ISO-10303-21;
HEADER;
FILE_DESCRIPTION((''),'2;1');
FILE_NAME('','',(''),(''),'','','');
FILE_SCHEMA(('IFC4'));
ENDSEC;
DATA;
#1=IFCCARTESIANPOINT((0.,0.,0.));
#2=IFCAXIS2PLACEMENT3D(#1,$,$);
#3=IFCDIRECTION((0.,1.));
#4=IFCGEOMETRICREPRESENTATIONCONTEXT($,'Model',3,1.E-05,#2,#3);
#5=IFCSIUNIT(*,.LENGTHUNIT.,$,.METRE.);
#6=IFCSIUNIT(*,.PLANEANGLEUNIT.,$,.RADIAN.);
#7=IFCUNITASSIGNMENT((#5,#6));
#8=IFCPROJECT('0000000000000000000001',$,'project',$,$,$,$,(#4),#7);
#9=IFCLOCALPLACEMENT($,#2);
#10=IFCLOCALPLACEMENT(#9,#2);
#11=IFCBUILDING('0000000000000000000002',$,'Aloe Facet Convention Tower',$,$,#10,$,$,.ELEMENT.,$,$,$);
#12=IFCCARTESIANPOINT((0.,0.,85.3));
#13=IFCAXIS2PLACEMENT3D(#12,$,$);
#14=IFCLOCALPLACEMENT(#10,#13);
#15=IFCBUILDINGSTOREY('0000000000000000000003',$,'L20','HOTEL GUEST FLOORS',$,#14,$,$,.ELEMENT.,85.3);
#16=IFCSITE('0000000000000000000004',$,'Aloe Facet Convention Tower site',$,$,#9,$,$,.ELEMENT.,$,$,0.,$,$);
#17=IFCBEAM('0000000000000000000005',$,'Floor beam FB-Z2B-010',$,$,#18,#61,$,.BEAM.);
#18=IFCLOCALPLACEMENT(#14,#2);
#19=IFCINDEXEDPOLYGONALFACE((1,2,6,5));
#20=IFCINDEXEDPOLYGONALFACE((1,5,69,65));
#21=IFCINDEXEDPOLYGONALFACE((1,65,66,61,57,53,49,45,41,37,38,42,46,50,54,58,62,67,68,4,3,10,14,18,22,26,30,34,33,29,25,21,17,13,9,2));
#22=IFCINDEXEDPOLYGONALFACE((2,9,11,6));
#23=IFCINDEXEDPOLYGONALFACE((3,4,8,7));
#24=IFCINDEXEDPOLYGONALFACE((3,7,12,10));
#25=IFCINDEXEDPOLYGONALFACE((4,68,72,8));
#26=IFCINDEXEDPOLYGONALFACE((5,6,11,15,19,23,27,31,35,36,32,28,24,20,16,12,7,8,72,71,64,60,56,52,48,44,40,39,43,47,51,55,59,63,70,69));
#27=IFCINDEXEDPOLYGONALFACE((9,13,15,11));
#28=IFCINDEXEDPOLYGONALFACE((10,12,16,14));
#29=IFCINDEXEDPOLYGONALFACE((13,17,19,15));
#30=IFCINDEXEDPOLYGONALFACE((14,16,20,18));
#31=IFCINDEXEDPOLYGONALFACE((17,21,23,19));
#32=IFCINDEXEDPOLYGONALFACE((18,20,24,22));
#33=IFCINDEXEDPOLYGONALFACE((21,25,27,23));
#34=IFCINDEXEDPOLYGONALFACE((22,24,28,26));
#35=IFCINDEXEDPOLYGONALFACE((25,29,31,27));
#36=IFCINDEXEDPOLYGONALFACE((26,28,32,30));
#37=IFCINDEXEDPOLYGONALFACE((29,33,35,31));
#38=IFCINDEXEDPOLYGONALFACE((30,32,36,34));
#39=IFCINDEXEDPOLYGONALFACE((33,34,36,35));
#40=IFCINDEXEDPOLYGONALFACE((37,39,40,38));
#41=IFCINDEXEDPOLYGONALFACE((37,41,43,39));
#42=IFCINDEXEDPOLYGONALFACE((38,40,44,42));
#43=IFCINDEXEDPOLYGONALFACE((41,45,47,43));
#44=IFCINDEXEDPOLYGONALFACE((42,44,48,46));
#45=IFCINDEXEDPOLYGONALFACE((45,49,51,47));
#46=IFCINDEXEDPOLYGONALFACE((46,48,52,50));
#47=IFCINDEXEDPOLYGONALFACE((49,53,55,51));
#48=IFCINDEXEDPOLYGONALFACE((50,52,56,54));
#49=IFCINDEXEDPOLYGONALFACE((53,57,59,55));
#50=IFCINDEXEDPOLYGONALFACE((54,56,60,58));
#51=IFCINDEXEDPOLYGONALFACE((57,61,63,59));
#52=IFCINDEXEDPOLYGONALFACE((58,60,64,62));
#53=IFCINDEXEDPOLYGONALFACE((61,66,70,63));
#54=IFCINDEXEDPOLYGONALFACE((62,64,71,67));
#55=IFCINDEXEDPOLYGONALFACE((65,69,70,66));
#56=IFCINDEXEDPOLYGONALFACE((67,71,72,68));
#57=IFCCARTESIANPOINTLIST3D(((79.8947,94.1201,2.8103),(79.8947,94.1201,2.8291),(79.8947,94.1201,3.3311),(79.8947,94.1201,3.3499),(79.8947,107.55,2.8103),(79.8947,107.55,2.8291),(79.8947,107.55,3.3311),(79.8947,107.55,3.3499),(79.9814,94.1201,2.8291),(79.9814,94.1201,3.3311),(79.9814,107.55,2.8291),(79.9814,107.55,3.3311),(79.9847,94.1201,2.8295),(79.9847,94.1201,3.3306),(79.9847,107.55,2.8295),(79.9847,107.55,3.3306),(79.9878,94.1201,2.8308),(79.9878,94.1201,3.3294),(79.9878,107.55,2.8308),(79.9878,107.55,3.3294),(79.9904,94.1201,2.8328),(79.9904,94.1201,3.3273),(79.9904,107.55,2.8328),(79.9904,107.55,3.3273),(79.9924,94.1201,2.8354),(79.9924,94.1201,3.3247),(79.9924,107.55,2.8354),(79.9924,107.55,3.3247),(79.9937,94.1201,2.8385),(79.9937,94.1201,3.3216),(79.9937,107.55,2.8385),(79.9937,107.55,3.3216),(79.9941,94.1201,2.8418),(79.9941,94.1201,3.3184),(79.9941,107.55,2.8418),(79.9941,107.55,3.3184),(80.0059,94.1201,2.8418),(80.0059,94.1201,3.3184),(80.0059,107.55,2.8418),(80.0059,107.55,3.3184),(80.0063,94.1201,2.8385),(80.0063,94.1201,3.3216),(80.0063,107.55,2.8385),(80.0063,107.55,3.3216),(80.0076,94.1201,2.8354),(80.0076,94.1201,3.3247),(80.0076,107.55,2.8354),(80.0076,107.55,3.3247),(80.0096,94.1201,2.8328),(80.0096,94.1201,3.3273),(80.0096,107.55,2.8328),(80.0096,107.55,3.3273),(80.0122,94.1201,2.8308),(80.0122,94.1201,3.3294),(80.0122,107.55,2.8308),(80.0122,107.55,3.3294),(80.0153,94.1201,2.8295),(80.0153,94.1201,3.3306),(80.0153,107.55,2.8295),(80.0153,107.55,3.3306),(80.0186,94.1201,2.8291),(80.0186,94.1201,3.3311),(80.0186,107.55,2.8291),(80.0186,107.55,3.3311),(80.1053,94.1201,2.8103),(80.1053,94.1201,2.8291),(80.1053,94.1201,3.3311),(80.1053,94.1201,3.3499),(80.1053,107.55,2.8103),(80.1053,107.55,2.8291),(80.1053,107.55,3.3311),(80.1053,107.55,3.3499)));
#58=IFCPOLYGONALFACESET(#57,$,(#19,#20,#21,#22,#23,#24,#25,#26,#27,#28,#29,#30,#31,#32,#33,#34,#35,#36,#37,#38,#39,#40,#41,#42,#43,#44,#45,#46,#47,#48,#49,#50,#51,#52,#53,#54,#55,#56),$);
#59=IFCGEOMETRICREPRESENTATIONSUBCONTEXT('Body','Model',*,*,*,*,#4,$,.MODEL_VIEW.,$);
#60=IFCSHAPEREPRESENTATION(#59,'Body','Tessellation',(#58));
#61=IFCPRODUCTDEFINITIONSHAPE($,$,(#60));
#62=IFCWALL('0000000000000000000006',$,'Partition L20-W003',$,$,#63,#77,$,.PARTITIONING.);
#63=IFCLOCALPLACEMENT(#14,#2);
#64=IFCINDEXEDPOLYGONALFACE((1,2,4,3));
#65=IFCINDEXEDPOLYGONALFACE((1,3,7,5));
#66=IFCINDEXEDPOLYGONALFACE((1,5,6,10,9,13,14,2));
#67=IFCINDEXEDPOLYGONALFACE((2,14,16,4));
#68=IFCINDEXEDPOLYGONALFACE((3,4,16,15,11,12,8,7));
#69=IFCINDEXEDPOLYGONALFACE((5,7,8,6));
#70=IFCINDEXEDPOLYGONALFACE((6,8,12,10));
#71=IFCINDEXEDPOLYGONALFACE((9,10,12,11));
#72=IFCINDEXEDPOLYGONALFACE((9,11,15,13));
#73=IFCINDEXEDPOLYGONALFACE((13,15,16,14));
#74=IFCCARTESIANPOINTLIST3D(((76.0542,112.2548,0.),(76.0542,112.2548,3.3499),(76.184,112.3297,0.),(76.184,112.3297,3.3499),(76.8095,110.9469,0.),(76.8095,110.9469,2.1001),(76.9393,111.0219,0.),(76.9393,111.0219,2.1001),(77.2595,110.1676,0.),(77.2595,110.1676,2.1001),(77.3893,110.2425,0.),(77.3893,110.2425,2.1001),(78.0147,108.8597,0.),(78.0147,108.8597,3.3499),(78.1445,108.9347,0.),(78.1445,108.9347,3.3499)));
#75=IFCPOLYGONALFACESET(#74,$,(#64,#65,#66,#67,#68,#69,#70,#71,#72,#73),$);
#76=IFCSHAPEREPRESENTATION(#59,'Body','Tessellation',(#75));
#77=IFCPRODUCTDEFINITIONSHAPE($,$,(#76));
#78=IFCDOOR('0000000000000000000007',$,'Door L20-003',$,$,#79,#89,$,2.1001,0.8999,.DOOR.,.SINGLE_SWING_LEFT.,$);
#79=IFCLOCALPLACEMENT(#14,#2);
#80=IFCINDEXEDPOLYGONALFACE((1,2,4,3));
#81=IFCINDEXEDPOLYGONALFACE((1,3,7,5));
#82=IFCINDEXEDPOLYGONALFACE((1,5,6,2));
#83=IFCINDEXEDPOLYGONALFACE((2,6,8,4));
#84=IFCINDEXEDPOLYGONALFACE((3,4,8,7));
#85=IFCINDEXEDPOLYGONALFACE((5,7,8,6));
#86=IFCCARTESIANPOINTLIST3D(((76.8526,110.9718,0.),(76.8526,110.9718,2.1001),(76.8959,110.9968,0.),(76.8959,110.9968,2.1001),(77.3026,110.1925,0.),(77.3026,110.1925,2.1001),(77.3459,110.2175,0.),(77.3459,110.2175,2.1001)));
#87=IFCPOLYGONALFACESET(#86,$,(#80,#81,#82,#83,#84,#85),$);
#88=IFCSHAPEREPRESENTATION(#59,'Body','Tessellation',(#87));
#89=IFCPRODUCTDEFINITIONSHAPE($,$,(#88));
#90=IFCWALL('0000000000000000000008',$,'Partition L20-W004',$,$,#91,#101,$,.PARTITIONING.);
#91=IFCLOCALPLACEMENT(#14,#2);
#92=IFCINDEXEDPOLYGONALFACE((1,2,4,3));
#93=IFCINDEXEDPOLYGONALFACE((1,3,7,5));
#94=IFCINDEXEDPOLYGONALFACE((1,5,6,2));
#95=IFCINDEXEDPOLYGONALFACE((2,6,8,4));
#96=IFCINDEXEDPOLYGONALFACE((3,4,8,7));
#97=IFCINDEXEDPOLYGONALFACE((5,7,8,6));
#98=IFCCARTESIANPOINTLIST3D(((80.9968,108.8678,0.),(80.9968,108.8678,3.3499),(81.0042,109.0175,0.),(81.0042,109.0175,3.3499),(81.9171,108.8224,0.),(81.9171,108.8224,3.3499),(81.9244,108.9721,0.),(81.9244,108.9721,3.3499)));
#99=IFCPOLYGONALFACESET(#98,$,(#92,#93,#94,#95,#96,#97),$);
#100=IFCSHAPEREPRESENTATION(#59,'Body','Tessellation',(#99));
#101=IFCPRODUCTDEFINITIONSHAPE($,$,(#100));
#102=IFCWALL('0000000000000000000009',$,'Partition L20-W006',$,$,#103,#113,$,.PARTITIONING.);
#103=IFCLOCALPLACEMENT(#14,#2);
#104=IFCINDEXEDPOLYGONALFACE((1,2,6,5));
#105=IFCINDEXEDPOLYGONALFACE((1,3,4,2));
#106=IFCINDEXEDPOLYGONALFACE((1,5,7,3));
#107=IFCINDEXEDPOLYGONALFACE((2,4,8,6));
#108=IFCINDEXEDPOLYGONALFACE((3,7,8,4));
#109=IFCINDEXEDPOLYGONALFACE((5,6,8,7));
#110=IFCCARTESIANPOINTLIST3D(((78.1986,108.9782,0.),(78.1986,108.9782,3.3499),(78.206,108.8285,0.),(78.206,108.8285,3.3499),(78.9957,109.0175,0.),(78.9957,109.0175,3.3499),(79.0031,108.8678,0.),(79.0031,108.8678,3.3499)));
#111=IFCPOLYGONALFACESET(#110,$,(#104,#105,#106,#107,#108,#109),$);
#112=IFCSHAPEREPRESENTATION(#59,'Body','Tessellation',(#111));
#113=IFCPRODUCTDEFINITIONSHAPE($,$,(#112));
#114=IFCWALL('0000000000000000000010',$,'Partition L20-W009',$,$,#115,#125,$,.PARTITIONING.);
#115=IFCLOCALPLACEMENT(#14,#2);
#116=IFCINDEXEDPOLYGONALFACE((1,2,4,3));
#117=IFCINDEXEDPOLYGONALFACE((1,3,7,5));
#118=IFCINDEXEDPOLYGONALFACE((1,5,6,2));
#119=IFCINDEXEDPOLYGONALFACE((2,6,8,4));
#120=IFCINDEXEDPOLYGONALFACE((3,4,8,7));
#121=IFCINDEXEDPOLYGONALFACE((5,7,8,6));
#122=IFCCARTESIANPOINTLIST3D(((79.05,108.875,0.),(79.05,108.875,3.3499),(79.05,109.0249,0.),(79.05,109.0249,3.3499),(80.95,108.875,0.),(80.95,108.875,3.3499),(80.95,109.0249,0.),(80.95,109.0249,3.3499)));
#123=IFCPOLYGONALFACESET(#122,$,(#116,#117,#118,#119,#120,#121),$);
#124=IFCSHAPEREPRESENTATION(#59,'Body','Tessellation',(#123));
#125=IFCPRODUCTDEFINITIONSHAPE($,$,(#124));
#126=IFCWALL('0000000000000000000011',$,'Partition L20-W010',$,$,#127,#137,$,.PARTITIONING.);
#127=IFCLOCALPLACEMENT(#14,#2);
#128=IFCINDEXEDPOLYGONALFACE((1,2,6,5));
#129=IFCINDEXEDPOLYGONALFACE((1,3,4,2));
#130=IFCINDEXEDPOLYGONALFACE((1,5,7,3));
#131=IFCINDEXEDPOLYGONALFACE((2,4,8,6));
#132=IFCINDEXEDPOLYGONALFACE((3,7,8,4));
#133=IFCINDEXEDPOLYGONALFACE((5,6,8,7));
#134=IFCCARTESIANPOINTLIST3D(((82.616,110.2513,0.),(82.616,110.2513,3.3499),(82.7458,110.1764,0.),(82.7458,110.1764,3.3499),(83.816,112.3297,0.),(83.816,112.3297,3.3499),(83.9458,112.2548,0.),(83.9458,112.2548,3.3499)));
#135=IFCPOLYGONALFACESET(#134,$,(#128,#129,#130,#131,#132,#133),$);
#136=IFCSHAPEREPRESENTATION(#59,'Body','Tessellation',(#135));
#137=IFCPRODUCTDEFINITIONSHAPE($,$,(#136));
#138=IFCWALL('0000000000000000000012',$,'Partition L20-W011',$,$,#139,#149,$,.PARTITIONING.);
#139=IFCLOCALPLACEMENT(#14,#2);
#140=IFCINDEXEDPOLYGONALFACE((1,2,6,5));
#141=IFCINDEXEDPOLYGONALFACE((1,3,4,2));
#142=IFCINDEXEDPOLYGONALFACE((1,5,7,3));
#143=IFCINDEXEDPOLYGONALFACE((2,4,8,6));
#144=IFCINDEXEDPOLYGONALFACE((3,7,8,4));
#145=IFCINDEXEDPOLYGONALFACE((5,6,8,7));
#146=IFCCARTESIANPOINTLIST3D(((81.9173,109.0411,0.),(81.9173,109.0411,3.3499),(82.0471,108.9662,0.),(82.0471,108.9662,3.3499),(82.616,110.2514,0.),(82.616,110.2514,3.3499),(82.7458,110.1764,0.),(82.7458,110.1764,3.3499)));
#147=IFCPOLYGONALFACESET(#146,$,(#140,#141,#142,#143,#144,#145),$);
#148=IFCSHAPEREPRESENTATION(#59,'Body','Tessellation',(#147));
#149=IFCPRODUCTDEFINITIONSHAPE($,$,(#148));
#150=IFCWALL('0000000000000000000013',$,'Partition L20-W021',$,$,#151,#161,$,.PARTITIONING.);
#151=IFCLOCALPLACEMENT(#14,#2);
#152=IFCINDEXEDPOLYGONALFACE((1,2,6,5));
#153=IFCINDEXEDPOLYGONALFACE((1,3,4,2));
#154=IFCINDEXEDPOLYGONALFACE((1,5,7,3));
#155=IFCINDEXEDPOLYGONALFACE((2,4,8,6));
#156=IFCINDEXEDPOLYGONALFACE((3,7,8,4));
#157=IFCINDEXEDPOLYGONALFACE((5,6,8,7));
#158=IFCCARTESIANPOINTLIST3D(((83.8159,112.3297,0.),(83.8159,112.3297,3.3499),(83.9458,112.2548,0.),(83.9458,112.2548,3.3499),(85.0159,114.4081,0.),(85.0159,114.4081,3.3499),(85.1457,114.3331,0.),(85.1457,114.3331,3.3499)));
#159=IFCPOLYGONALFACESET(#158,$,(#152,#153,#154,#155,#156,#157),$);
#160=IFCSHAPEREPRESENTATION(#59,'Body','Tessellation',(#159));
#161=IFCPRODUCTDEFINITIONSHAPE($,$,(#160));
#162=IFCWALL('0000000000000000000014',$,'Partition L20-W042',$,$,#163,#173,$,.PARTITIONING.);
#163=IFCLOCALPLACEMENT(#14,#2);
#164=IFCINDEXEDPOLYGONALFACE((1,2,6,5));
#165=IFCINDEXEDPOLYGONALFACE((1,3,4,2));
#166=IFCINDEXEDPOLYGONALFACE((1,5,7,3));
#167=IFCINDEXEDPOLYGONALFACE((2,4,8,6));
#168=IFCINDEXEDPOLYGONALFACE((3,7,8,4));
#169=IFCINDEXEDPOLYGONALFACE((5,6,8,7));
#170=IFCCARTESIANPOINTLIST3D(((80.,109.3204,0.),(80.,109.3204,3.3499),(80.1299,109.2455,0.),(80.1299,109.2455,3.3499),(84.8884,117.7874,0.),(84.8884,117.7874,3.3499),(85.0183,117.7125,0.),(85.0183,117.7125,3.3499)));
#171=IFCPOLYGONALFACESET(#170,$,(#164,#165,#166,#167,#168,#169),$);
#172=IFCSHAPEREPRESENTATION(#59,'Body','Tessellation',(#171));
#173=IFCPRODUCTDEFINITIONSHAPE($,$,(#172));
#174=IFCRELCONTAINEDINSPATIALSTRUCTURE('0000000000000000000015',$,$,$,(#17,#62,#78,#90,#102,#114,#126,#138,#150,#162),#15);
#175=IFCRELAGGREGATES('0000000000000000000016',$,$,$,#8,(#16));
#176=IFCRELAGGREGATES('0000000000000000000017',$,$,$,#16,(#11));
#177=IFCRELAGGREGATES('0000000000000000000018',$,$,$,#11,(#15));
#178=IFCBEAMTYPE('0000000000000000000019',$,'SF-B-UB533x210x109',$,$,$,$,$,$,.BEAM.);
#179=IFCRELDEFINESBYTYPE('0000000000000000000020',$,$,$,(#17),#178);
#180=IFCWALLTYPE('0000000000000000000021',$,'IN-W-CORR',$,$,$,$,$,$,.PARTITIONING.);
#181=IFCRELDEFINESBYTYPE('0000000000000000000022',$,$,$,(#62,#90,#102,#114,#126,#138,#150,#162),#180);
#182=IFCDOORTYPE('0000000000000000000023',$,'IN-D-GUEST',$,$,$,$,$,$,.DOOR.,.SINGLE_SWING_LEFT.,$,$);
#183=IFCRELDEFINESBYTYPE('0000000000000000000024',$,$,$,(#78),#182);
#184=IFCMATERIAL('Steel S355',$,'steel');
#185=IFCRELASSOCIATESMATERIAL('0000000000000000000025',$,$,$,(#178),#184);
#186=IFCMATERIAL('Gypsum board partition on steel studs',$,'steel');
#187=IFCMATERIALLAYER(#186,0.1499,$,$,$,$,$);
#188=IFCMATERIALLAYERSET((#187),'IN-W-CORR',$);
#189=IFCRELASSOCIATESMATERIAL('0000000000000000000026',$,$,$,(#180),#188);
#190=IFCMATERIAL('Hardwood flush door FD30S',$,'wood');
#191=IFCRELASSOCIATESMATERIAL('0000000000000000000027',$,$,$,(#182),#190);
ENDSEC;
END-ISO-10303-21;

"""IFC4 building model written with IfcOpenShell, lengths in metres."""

from ifc_helpers import new_model, si_unit, direction, frame, frame_2d, origin, origin_2d, place, context, subcontext, project, spatial, rectangle, i_section, extrude, material, layer, layer_set, material_profile, profile_set, type_object, element, fill, save


model = new_model("IFC4")

# Units and contexts
model_context = context("Model", 3, precision=1e-05, world=origin(), true_north=direction((0.0, 1.0)))
body_context = subcontext(model_context, "Body", "Model", "MODEL_VIEW")
ifc_project = project(units=[si_unit("LENGTHUNIT", "METRE"), si_unit("PLANEANGLEUNIT", "RADIAN")], contexts=[model_context])

# Site, building, storey
site_placement = place(None, origin())
site = spatial("IfcSite", under=ifc_project, at=site_placement, Name="Aloe Facet Convention Tower site", CompositionType="ELEMENT", RefElevation=0.0)
building_placement = place(site_placement, origin())
building = spatial("IfcBuilding", under=site, at=building_placement, Name="Aloe Facet Convention Tower", CompositionType="ELEMENT")
storey_placement = place(building_placement, frame((0.0, 0.0, 85.3)))
storey = spatial("IfcBuildingStorey", under=building, at=storey_placement, Name="L20", Description="HOTEL GUEST FLOORS", CompositionType="ELEMENT", Elevation=85.3)

# Beam
ifc_material_1 = material(Name="Steel S355", Category="steel")
ifc_material_profile_1 = material_profile(ifc_material_1, i_section(OverallWidth=0.2107, OverallDepth=0.5396, WebThickness=0.0117, FlangeThickness=0.0188, FilletRadius=0.0127, at=origin_2d()), Name="UB 533x210x109")
ifc_profile_set_1 = profile_set([ifc_material_profile_1], Name="Steel S355")
beam_type_1 = type_object("IfcBeamType", Name="SF-B-UB533x210x109", PredefinedType="BEAM", material=ifc_profile_set_1)
beam_1_placement = place(storey_placement, frame((80.0, 107.55, 3.0801), z_axis=(0.0, -1.0, 0.0), x_axis=(1.0, 0.0, 0.0)))
element("IfcBeam", 1, at=beam_1_placement, inside=storey, type_object=beam_type_1, Name="Floor beam FB-Z2B-010", PredefinedType="BEAM", context=body_context, shape_type="SweptSolid", body=[
    extrude(i_section(OverallWidth=0.2107, OverallDepth=0.5396, WebThickness=0.0117, FlangeThickness=0.0188, FilletRadius=0.0127, at=origin_2d()), origin(), (0.0, 0.0, 1.0), 13.4299),
])

# Wall, opening, door
ifc_material_2 = material(Name="Gypsum board partition on steel studs", Category="steel")
ifc_layer_1 = layer(ifc_material_2, 0.1499)
ifc_layer_set_1 = layer_set([ifc_layer_1], Name="IN-W-CORR")
wall_type_1 = type_object("IfcWallType", Name="IN-W-CORR", PredefinedType="PARTITIONING", material=ifc_layer_set_1)
wall_1_placement = place(storey_placement, frame((76.1191, 112.2922, 0.0), z_axis=(0.0, 0.0, 1.0), x_axis=(0.500064, -0.865989, 0.0)))
wall_1 = element("IfcWall", 2, at=wall_1_placement, inside=storey, type_object=wall_type_1, Name="Partition L20-W003", PredefinedType="PARTITIONING", context=body_context, shape_type="SweptSolid", body=[
    extrude(rectangle(XDim=3.9204, YDim=0.1499, at=frame_2d((1.9602, 0.0))), origin(), (0.0, 0.0, 1.0), 3.3499),
])
opening_1_placement = place(wall_1_placement, frame((1.5103, 0.0, 0.0)))
opening_1 = element("IfcOpeningElement", 3, at=opening_1_placement, cuts=wall_1, PredefinedType="OPENING", context=body_context, shape_type="SweptSolid", body=[
    extrude(rectangle(XDim=0.8999, YDim=2.1001, at=frame_2d((0.45, 1.05))), frame((0.0, 0.085, 0.0), z_axis=(0.0, -1.0, 0.0), x_axis=(1.0, 0.0, 0.0)), (0.0, 0.0, 1.0), 0.1699),
])
ifc_material_3 = material(Name="Hardwood flush door FD30S", Category="wood")
door_type_1 = type_object("IfcDoorType", Name="IN-D-GUEST", OperationType="SINGLE_SWING_LEFT", PredefinedType="DOOR", material=ifc_material_3)
door_1_placement = place(opening_1_placement, origin())
door_1 = element("IfcDoor", 4, at=door_1_placement, inside=storey, type_object=door_type_1, Name="Door L20-003", OperationType="SINGLE_SWING_LEFT", OverallHeight=2.1001, OverallWidth=0.8999, PredefinedType="DOOR", context=body_context, shape_type="SweptSolid", body=[
    extrude(rectangle(XDim=0.8999, YDim=2.1001, at=frame_2d((0.45, 1.05))), frame((0.0, 0.0249, 0.0), z_axis=(0.0, -1.0, 0.0), x_axis=(1.0, 0.0, 0.0)), (0.0, 0.0, 1.0), 0.05),
])
fill(opening_1, door_1)

# Walls
wall_2_placement = place(storey_placement, frame((81.0005, 108.9426, 0.0), z_axis=(0.0, 0.0, 1.0), x_axis=(0.998785, -0.04929, 0.0)))
element("IfcWall", 5, at=wall_2_placement, inside=storey, type_object=wall_type_1, Name="Partition L20-W004", PredefinedType="PARTITIONING", context=body_context, shape_type="SweptSolid", body=[
    extrude(rectangle(XDim=0.9214, YDim=0.1499, at=frame_2d((0.4607, 0.0))), origin(), (0.0, 0.0, 1.0), 3.3499),
])
wall_3_placement = place(storey_placement, frame((78.2024, 108.9033, 0.0), z_axis=(0.0, 0.0, 1.0), x_axis=(0.998786, 0.049251, 0.0)))
element("IfcWall", 6, at=wall_3_placement, inside=storey, type_object=wall_type_1, Name="Partition L20-W006", PredefinedType="PARTITIONING", context=body_context, shape_type="SweptSolid", body=[
    extrude(rectangle(XDim=0.7981, YDim=0.1499, at=frame_2d((0.3989, 0.0))), origin(), (0.0, 0.0, 1.0), 3.3499),
])
wall_4_placement = place(storey_placement, frame((79.05, 108.95, 0.0), z_axis=(0.0, 0.0, 1.0), x_axis=(1.0, 0.0, 0.0)))
element("IfcWall", 7, at=wall_4_placement, inside=storey, type_object=wall_type_1, Name="Partition L20-W009", PredefinedType="PARTITIONING", context=body_context, shape_type="SweptSolid", body=[
    extrude(rectangle(XDim=1.8999, YDim=0.1499, at=frame_2d((0.95, 0.0))), origin(), (0.0, 0.0, 1.0), 3.3499),
])
wall_5_placement = place(storey_placement, frame((82.6809, 110.2139, 0.0), z_axis=(0.0, 0.0, 1.0), x_axis=(0.500001, 0.866025, 0.0)))
element("IfcWall", 8, at=wall_5_placement, inside=storey, type_object=wall_type_1, Name="Partition L20-W010", PredefinedType="PARTITIONING", context=body_context, shape_type="SweptSolid", body=[
    extrude(rectangle(XDim=2.3999, YDim=0.1499, at=frame_2d((1.2, 0.0))), origin(), (0.0, 0.0, 1.0), 3.3499),
])
wall_6_placement = place(storey_placement, frame((81.9822, 109.0037, 0.0), z_axis=(0.0, 0.0, 1.0), x_axis=(0.50001, 0.86602, 0.0)))
element("IfcWall", 9, at=wall_6_placement, inside=storey, type_object=wall_type_1, Name="Partition L20-W011", PredefinedType="PARTITIONING", context=body_context, shape_type="SweptSolid", body=[
    extrude(rectangle(XDim=1.3975, YDim=0.1499, at=frame_2d((0.6987, 0.0))), origin(), (0.0, 0.0, 1.0), 3.3499),
])
wall_7_placement = place(storey_placement, frame((83.8809, 112.2922, 0.0), z_axis=(0.0, 0.0, 1.0), x_axis=(0.500001, 0.866025, 0.0)))
element("IfcWall", 10, at=wall_7_placement, inside=storey, type_object=wall_type_1, Name="Partition L20-W021", PredefinedType="PARTITIONING", context=body_context, shape_type="SweptSolid", body=[
    extrude(rectangle(XDim=2.3999, YDim=0.1499, at=frame_2d((1.2, 0.0))), origin(), (0.0, 0.0, 1.0), 3.3499),
])
wall_8_placement = place(storey_placement, frame((80.0649, 109.283, 0.0), z_axis=(0.0, 0.0, 1.0), x_axis=(0.499998, 0.866026, 0.0)))
element("IfcWall", 11, at=wall_8_placement, inside=storey, type_object=wall_type_1, Name="Partition L20-W042", PredefinedType="PARTITIONING", context=body_context, shape_type="SweptSolid", body=[
    extrude(rectangle(XDim=9.7769, YDim=0.1499, at=frame_2d((4.8884, 0.0))), origin(), (0.0, 0.0, 1.0), 3.3499),
])

save(model, "model.ifc")
